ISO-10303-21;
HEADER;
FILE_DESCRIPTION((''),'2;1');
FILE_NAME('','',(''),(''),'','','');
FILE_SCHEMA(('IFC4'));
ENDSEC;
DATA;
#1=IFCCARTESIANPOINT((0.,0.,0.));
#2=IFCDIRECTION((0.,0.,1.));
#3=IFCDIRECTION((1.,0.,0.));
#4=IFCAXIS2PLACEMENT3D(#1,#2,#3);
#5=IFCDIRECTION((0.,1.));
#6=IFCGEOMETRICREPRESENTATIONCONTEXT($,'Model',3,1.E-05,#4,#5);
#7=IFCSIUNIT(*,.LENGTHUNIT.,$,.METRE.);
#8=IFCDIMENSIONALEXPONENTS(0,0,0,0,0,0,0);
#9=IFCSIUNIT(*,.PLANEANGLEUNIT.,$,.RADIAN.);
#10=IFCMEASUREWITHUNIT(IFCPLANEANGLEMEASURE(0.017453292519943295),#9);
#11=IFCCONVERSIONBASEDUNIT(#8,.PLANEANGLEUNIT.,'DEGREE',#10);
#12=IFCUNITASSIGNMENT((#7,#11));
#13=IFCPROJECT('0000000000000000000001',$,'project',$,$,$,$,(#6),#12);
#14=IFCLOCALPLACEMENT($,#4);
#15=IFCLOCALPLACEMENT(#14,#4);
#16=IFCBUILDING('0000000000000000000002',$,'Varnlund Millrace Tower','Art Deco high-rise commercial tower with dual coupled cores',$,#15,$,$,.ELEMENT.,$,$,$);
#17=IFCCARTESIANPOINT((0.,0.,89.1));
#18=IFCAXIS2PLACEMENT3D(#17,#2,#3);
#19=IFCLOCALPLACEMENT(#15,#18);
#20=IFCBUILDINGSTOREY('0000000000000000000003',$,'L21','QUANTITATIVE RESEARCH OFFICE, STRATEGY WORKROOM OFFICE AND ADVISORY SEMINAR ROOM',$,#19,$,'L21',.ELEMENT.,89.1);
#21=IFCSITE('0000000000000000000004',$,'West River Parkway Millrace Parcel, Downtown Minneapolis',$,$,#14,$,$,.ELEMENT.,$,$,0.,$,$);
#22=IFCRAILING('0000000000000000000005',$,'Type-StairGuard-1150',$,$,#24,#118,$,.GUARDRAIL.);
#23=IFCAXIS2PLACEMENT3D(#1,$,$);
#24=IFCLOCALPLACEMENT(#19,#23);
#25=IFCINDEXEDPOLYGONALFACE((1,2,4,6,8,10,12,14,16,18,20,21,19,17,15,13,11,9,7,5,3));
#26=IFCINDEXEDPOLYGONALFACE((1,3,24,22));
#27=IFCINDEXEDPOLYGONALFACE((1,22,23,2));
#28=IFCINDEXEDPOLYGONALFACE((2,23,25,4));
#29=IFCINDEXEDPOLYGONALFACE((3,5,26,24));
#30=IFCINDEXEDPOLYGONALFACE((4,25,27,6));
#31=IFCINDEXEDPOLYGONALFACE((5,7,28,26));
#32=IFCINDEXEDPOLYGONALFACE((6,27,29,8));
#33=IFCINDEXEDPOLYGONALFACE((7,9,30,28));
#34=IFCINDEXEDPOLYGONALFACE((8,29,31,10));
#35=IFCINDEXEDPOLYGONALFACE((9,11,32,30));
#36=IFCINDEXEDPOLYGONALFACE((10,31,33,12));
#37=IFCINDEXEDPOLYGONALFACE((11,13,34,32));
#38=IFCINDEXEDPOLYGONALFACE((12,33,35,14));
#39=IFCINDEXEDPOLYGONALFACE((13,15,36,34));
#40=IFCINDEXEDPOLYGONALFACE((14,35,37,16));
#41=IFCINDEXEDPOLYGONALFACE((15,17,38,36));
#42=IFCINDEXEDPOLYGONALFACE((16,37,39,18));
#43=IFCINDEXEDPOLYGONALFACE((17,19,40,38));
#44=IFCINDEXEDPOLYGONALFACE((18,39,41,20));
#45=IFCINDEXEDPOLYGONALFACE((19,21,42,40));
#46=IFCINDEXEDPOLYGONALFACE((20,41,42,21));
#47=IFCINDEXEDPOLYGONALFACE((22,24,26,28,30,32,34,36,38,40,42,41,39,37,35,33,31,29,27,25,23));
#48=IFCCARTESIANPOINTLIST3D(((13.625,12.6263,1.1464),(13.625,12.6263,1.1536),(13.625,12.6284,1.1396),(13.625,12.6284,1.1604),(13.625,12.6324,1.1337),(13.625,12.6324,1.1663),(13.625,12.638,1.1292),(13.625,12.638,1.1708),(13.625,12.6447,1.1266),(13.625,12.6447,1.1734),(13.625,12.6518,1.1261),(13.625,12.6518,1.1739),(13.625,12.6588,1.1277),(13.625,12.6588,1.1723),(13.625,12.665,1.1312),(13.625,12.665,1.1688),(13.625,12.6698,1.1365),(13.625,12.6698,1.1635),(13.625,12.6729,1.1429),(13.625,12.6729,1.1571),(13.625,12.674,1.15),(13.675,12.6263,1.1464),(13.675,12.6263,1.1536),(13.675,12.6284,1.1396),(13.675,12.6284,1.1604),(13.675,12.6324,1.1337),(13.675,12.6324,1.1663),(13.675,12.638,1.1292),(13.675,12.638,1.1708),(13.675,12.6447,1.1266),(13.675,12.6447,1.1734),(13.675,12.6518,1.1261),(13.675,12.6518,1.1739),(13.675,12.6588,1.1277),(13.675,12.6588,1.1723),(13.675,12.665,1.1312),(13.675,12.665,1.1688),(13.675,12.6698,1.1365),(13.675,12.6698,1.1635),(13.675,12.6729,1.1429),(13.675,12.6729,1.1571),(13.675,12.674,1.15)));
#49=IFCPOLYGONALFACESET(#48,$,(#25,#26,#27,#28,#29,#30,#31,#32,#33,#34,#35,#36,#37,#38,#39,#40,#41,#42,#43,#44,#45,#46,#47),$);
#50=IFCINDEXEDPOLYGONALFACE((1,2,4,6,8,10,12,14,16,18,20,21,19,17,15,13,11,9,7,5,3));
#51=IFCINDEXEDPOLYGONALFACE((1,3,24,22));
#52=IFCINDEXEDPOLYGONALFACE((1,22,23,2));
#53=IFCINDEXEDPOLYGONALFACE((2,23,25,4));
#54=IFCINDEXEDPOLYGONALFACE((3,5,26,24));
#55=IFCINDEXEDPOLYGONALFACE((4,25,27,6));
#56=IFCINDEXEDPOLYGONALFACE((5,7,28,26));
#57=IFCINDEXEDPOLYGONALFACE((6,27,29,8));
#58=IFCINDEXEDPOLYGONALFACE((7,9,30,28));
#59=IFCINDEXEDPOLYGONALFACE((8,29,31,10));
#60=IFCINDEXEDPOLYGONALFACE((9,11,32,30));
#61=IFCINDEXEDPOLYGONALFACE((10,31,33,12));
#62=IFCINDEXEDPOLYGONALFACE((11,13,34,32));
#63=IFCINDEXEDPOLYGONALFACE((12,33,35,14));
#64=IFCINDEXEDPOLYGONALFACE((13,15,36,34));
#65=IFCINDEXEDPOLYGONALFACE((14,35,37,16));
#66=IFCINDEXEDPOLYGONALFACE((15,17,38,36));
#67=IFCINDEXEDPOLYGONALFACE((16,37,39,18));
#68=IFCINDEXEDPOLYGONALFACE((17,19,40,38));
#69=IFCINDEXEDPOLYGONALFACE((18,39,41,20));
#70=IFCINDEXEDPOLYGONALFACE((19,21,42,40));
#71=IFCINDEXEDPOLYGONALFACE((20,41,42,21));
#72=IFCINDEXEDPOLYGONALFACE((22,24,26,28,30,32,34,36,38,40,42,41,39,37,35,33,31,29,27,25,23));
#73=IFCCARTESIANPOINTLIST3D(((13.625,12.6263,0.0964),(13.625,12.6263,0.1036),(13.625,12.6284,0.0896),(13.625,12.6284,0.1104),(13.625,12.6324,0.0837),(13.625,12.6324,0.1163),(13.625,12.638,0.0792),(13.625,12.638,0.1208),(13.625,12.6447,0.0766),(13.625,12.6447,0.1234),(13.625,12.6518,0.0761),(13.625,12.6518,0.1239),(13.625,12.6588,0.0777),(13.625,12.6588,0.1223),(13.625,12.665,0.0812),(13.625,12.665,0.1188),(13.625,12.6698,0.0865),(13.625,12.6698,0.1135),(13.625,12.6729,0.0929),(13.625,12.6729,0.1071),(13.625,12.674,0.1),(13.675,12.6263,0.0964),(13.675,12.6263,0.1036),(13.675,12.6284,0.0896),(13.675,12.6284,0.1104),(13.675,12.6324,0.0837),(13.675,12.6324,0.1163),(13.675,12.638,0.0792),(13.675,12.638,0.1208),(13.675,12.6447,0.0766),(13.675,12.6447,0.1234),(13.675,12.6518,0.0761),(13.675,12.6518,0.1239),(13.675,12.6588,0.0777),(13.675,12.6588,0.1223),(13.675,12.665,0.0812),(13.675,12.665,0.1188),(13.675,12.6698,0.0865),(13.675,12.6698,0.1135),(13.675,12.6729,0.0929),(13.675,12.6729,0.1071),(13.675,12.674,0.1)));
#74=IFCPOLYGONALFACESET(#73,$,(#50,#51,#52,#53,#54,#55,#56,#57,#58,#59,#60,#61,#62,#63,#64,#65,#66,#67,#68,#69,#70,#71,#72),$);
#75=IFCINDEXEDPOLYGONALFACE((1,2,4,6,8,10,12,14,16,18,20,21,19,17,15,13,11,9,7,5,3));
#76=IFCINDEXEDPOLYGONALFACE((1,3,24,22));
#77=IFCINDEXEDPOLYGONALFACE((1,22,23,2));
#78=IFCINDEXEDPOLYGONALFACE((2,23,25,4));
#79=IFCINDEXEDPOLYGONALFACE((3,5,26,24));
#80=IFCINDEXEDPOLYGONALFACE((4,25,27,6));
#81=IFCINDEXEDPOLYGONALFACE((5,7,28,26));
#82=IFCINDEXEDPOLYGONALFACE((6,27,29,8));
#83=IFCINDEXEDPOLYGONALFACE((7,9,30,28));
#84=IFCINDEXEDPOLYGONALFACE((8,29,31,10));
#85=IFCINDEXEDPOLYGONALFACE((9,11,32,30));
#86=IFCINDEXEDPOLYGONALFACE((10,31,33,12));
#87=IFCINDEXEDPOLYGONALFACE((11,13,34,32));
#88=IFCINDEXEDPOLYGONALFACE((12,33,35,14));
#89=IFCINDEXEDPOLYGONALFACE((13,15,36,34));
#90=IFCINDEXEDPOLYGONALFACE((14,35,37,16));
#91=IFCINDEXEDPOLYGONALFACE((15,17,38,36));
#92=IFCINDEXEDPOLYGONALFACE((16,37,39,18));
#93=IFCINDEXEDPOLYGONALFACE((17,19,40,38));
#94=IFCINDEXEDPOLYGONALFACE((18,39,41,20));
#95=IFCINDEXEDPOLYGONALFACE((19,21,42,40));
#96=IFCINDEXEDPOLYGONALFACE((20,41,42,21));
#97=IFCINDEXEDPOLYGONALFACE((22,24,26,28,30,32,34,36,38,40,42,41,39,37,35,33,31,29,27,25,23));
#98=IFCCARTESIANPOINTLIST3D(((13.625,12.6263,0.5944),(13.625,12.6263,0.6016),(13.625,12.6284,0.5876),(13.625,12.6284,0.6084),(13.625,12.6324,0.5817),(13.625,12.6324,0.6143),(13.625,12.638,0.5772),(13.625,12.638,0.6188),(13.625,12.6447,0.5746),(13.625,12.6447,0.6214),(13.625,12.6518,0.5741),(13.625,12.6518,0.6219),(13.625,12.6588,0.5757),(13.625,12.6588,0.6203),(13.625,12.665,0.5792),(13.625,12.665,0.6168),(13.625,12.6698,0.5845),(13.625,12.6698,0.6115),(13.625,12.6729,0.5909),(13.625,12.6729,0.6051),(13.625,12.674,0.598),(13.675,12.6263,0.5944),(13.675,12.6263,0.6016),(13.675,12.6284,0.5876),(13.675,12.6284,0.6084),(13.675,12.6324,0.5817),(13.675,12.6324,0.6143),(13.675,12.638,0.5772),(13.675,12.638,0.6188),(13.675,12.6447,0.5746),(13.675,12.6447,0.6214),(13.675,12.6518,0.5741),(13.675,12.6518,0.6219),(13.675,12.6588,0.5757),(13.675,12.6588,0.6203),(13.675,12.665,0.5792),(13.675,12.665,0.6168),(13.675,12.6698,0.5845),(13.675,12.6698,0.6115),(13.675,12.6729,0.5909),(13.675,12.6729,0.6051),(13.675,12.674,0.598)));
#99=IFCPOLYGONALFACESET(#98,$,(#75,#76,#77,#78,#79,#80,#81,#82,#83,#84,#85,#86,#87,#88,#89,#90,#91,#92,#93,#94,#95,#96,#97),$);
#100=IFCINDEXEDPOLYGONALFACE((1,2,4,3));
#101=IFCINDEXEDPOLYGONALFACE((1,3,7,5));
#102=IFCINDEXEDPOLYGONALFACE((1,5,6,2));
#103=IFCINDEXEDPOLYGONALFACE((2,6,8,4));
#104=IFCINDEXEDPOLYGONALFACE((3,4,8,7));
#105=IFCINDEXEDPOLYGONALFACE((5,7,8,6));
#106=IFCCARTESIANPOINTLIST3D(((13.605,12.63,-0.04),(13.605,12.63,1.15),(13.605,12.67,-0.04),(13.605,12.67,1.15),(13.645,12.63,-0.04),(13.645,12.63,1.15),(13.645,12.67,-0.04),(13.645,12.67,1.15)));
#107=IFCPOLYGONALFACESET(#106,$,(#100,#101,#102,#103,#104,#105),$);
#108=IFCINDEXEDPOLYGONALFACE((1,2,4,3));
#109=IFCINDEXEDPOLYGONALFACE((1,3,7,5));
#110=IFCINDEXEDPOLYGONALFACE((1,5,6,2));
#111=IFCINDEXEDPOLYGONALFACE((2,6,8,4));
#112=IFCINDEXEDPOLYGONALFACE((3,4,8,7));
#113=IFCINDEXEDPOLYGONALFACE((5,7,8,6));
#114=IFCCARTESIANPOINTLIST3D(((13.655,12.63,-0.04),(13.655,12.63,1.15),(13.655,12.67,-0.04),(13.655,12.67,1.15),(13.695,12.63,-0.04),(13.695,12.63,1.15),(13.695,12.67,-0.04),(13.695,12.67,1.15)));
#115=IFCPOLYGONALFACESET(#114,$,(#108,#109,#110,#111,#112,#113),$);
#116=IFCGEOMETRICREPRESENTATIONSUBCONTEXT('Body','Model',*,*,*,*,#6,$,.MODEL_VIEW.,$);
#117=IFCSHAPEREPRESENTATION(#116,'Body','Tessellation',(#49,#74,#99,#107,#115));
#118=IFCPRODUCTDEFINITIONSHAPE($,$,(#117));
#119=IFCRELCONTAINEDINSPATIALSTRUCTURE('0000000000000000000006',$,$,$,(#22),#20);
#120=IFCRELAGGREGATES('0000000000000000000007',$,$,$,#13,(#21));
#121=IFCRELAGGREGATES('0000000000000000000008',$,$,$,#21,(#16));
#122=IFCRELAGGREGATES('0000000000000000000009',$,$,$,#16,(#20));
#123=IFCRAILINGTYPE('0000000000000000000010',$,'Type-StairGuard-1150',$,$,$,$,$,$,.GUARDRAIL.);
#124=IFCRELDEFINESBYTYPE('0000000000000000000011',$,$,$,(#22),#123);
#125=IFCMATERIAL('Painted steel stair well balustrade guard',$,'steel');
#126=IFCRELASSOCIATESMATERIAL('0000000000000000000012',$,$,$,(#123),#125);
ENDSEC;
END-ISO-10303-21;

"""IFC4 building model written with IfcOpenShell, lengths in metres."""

from ifc_helpers import new_model, entity, si_unit, converted_unit, direction, frame, origin_with_axes, origin_2d_with_axis, place, context, subcontext, project, spatial, rectangle, circle, extrude, material, type_object, element, save


model = new_model("IFC4")

# Units and contexts
model_context = context("Model", 3, precision=1e-05, world=origin_with_axes(), true_north=direction((0.0, 1.0)))
body_context = subcontext(model_context, "Body", "Model", "MODEL_VIEW")
ifc_project = project(units=[si_unit("LENGTHUNIT", "METRE"), converted_unit("PLANEANGLEUNIT", "DEGREE", entity("IfcPlaneAngleMeasure", 0.017453292519943295), si_unit("PLANEANGLEUNIT", "RADIAN"), dimensions=[0, 0, 0, 0, 0, 0, 0])], contexts=[model_context])

# Site, building, storey
site_placement = place(None, origin_with_axes())
site = spatial("IfcSite", under=ifc_project, at=site_placement, Name="West River Parkway Millrace Parcel, Downtown Minneapolis", CompositionType="ELEMENT", RefElevation=0.0)
building_placement = place(site_placement, origin_with_axes())
building = spatial("IfcBuilding", under=site, at=building_placement, Name="Varnlund Millrace Tower", Description="Art Deco high-rise commercial tower with dual coupled cores", CompositionType="ELEMENT")
storey_placement = place(building_placement, frame((0.0, 0.0, 89.1), z_axis=(0.0, 0.0, 1.0), x_axis=(1.0, 0.0, 0.0)))
storey = spatial("IfcBuildingStorey", under=building, at=storey_placement, Name="L21", Description="QUANTITATIVE RESEARCH OFFICE, STRATEGY WORKROOM OFFICE AND ADVISORY SEMINAR ROOM", LongName="L21", CompositionType="ELEMENT", Elevation=89.1)

# Railing
ifc_material_1 = material(Name="Painted steel stair well balustrade guard", Category="steel")
railing_type_1 = type_object("IfcRailingType", Name="Type-StairGuard-1150", PredefinedType="GUARDRAIL", material=ifc_material_1)
railing_1_placement = place(storey_placement, frame((0.0, 0.0, -89.1), z_axis=(0.0, 0.0, 1.0), x_axis=(1.0, 0.0, 0.0)))
element("IfcRailing", 1, at=railing_1_placement, inside=storey, type_object=railing_type_1, Name="Type-StairGuard-1150", PredefinedType="GUARDRAIL", context=body_context, shape_type="SweptSolid", body=[
    extrude(circle(Radius=0.024, at=origin_2d_with_axis()), frame((13.625, 12.65, 90.25), z_axis=(1.0, 0.0, 0.0), x_axis=(0.0, 1.0, 0.0)), (0.0, 0.0, 1.0), 0.05),
    extrude(circle(Radius=0.024, at=origin_2d_with_axis()), frame((13.625, 12.65, 89.2), z_axis=(1.0, 0.0, 0.0), x_axis=(0.0, 1.0, 0.0)), (0.0, 0.0, 1.0), 0.05),
    extrude(circle(Radius=0.024, at=origin_2d_with_axis()), frame((13.625, 12.65, 89.698), z_axis=(1.0, 0.0, 0.0), x_axis=(0.0, 1.0, 0.0)), (0.0, 0.0, 1.0), 0.05),
    extrude(rectangle(XDim=0.04, YDim=0.04, at=origin_2d_with_axis()), frame((13.625, 12.65, 89.06), z_axis=(0.0, 0.0, 1.0), x_axis=(1.0, 0.0, 0.0)), (0.0, 0.0, 1.0), 1.19),
    extrude(rectangle(XDim=0.04, YDim=0.04, at=origin_2d_with_axis()), frame((13.675, 12.65, 89.06), z_axis=(0.0, 0.0, 1.0), x_axis=(1.0, 0.0, 0.0)), (0.0, 0.0, 1.0), 1.19),
])

save(model, "model.ifc")
